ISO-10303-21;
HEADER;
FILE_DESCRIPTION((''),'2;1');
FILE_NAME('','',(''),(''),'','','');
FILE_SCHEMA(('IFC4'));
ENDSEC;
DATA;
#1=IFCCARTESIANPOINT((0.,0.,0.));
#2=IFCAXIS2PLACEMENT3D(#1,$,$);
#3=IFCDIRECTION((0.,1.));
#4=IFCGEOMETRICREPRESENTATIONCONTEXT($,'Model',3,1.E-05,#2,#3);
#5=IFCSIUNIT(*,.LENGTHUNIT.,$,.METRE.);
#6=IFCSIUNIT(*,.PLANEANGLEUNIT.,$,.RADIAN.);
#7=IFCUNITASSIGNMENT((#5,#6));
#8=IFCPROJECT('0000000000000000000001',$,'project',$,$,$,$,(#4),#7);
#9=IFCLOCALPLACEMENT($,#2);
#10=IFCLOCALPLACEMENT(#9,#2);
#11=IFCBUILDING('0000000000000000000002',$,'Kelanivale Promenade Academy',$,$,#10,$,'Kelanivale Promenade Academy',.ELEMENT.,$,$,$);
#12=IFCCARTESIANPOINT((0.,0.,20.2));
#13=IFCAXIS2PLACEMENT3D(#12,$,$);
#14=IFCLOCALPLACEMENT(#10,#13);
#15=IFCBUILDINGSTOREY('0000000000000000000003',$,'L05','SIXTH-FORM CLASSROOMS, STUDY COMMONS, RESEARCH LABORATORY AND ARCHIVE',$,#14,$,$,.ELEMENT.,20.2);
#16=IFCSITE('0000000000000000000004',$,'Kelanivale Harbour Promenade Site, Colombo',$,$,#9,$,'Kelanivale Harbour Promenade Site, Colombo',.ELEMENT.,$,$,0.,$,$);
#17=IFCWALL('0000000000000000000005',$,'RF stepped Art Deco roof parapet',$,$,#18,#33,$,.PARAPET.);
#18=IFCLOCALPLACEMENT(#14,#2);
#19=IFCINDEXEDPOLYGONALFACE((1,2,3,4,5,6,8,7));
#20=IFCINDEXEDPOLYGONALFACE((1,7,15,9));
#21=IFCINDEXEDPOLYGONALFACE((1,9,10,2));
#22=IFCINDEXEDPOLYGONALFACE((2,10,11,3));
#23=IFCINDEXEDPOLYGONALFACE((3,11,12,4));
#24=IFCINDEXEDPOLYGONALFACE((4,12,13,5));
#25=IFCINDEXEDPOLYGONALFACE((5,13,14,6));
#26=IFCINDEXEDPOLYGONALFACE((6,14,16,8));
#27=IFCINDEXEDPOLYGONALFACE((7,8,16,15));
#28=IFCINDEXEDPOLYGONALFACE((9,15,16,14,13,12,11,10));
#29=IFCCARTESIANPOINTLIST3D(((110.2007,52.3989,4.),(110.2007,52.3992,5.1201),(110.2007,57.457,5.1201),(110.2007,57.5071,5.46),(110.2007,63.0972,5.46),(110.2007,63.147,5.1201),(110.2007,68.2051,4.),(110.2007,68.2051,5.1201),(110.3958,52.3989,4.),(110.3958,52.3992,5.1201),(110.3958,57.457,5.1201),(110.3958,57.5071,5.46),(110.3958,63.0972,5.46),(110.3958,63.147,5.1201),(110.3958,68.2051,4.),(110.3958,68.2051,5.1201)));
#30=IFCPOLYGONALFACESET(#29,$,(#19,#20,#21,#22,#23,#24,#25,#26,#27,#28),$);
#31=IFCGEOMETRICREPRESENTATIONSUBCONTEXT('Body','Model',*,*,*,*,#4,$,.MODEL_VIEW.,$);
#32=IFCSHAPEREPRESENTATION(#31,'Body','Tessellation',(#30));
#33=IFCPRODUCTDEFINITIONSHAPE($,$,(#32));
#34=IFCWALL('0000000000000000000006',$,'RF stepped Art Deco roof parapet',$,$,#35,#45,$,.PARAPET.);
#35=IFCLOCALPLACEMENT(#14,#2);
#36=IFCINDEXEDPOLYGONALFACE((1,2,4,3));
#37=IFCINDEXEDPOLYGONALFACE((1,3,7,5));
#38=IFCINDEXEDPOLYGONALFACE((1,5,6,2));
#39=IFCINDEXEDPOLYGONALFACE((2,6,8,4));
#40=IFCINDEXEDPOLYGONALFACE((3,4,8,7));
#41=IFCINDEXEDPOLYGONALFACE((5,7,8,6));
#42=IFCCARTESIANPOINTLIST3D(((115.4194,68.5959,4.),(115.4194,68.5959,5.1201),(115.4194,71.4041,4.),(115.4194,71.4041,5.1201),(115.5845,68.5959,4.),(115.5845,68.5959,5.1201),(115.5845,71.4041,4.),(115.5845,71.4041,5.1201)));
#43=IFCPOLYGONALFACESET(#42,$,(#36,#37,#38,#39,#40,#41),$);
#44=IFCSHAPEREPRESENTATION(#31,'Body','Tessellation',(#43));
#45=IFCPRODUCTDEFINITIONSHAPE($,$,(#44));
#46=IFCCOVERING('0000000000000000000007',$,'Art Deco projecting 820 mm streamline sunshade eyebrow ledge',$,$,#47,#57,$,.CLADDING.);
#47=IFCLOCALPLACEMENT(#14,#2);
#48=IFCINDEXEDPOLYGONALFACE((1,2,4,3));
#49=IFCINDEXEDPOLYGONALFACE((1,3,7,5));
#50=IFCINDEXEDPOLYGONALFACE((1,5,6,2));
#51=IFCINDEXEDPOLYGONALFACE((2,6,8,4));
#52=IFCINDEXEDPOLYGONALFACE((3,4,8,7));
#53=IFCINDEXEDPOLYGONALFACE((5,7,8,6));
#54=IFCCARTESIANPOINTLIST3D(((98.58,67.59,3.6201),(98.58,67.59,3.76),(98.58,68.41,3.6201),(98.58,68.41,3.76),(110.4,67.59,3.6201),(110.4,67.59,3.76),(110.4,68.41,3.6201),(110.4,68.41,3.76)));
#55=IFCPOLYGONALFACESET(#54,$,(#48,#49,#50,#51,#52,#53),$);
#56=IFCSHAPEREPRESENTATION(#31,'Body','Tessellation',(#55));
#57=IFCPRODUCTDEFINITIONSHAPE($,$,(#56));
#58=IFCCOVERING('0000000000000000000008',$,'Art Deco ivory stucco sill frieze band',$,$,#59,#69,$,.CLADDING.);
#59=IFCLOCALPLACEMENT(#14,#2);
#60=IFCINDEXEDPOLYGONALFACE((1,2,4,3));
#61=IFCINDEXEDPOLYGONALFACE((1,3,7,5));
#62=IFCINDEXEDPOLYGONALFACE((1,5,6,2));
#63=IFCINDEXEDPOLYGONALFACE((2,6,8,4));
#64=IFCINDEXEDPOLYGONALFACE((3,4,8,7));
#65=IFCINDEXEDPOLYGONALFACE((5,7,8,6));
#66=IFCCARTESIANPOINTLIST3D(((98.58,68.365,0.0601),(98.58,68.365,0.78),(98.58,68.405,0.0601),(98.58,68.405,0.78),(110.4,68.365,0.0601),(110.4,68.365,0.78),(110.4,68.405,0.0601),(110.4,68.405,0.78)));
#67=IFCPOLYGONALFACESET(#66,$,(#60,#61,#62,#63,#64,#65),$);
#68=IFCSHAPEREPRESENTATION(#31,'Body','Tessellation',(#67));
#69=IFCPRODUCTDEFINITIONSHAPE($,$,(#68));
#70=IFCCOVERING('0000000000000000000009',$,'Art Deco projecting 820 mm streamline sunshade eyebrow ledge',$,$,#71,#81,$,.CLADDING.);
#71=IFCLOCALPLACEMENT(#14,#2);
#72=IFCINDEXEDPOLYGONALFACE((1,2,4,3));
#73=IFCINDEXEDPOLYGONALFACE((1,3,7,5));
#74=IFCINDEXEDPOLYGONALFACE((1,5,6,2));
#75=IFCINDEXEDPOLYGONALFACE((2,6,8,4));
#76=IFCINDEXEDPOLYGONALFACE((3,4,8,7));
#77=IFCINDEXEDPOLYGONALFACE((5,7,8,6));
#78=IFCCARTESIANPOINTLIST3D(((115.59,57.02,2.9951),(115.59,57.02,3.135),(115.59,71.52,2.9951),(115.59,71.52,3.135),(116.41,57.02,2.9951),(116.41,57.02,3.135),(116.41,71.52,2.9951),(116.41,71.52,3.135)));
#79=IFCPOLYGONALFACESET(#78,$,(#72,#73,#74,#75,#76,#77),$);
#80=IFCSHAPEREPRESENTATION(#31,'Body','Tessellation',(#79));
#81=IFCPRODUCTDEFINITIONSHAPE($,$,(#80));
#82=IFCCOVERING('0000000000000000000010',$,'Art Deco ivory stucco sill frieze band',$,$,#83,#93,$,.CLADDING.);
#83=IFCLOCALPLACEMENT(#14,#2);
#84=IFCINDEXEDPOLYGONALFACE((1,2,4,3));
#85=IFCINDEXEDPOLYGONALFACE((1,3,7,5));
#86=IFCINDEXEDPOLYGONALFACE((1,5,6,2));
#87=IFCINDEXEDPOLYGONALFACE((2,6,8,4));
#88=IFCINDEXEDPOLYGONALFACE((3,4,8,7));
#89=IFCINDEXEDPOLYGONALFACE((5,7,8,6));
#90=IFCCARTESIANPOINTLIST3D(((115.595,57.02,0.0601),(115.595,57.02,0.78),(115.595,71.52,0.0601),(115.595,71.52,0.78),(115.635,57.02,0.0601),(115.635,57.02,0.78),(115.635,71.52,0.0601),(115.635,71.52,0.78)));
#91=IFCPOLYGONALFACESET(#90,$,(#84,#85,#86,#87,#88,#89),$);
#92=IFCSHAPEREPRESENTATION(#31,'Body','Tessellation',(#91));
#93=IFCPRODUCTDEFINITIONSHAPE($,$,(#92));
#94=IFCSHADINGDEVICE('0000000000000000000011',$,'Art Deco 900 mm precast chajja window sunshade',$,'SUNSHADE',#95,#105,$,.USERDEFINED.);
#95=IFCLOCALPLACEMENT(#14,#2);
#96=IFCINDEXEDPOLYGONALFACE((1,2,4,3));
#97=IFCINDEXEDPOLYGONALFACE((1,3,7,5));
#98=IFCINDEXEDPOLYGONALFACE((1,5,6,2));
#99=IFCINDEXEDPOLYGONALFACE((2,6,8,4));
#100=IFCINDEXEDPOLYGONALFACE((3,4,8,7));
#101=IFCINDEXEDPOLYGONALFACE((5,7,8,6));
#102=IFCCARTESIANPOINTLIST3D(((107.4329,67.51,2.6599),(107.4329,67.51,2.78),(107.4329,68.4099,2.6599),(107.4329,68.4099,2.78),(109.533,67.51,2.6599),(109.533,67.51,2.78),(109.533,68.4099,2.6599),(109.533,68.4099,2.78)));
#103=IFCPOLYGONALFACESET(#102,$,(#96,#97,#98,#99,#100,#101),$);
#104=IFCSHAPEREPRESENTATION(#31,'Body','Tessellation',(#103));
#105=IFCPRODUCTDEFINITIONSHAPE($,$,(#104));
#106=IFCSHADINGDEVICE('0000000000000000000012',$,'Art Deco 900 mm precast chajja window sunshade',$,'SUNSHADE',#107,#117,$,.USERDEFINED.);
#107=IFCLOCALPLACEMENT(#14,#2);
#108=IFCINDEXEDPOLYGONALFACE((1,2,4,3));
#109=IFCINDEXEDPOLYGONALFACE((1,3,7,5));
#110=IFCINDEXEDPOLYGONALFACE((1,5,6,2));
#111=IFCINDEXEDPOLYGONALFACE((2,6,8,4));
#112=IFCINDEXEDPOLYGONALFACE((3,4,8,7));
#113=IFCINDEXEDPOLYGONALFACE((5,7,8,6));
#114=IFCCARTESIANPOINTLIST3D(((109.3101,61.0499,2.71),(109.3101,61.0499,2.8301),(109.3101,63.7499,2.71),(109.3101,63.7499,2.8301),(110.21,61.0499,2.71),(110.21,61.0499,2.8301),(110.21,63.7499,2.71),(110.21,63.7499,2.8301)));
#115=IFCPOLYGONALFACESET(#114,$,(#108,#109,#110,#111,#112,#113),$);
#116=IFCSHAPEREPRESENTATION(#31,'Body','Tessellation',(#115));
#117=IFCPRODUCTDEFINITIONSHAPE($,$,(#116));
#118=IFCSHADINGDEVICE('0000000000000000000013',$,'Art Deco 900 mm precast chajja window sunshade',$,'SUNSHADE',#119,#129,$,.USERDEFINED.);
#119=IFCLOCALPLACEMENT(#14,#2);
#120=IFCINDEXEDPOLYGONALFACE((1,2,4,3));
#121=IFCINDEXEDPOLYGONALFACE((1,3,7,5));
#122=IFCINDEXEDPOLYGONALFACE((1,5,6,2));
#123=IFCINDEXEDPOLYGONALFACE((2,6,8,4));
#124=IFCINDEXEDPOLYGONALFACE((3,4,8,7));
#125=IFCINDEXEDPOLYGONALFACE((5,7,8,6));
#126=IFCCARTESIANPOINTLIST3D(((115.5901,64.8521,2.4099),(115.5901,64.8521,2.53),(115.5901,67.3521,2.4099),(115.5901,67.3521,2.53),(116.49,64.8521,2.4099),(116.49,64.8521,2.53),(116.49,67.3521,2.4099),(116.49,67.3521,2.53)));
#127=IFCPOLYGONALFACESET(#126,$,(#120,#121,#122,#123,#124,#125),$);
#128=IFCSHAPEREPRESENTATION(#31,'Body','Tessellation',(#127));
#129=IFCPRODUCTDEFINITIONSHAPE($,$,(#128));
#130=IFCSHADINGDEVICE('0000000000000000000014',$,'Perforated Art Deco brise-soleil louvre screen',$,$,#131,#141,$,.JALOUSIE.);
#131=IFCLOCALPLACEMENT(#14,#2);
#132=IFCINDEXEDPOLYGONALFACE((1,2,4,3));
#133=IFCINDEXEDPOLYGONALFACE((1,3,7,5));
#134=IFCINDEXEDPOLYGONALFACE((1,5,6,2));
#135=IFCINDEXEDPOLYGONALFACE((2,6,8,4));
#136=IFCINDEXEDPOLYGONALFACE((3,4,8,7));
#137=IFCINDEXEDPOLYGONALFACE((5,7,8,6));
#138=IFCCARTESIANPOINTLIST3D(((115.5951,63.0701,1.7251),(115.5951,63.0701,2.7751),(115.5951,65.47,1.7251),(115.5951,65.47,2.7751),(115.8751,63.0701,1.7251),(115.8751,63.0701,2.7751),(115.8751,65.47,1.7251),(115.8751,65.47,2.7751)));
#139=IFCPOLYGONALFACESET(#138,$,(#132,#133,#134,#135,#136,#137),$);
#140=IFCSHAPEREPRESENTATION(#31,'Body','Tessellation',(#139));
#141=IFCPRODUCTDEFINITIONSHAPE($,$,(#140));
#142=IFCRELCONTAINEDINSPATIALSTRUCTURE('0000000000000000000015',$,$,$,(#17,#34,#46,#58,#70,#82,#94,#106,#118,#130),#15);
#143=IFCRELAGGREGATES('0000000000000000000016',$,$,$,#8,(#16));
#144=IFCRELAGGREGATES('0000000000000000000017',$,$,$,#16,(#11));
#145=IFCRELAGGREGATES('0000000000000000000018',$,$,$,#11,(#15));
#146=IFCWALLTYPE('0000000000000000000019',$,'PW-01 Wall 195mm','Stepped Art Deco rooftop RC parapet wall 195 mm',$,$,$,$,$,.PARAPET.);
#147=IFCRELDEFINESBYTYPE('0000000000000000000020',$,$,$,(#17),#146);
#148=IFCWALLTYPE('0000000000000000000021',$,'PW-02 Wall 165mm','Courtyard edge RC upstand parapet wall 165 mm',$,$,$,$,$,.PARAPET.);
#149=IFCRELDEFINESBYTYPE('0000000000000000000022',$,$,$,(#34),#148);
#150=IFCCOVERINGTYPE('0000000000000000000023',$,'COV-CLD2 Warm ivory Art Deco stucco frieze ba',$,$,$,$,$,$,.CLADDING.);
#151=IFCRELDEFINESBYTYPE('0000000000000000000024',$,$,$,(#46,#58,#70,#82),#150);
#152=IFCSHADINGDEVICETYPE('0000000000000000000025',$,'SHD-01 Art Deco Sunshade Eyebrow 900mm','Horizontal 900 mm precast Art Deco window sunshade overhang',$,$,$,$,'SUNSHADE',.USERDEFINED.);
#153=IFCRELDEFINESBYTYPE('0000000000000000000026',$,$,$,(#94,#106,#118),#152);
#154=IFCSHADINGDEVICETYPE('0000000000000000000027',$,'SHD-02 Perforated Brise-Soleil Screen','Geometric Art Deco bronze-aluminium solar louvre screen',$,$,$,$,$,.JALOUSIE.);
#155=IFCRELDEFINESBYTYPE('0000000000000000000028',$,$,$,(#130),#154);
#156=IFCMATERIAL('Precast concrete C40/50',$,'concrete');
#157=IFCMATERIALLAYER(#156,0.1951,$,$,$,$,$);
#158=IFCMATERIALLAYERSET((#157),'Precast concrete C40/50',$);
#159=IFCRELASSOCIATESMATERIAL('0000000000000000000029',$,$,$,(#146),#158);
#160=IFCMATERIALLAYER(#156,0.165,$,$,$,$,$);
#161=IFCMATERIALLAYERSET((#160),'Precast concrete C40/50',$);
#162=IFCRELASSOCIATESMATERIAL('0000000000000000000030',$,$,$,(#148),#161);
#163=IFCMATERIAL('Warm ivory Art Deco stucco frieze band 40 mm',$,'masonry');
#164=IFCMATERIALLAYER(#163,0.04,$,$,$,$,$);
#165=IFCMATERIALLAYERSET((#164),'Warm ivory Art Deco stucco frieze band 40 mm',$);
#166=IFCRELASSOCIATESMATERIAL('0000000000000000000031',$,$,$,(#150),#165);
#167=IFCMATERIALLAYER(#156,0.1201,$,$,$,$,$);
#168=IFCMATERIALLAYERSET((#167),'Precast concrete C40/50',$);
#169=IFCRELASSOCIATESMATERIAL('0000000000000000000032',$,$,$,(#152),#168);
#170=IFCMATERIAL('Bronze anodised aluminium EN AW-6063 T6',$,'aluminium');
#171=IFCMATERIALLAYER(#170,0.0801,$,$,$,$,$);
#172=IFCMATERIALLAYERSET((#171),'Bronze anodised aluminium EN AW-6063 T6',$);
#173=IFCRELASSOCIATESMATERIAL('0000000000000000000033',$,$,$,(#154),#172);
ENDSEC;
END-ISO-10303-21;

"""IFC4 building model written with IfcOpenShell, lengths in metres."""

from ifc_helpers import new_model, si_unit, direction, frame, frame_2d, origin, origin_2d, place, context, subcontext, project, spatial, polyline, rectangle, outline, extrude, material, layer, layer_set, type_object, element, save


model = new_model("IFC4")

# Units and contexts
model_context = context("Model", 3, precision=1e-05, world=origin(), true_north=direction((0.0, 1.0)))
body_context = subcontext(model_context, "Body", "Model", "MODEL_VIEW")
ifc_project = project(units=[si_unit("LENGTHUNIT", "METRE"), si_unit("PLANEANGLEUNIT", "RADIAN")], contexts=[model_context])

# Site, building, storey
site_placement = place(None, origin())
site = spatial("IfcSite", under=ifc_project, at=site_placement, Name="Kelanivale Harbour Promenade Site, Colombo", LongName="Kelanivale Harbour Promenade Site, Colombo", CompositionType="ELEMENT", RefElevation=0.0)
building_placement = place(site_placement, origin())
building = spatial("IfcBuilding", under=site, at=building_placement, Name="Kelanivale Promenade Academy", LongName="Kelanivale Promenade Academy", CompositionType="ELEMENT")
storey_placement = place(building_placement, frame((0.0, 0.0, 20.2)))
storey = spatial("IfcBuildingStorey", under=building, at=storey_placement, Name="L05", Description="SIXTH-FORM CLASSROOMS, STUDY COMMONS, RESEARCH LABORATORY AND ARCHIVE", CompositionType="ELEMENT", Elevation=20.2)

# Walls
ifc_material_1 = material(Name="Precast concrete C40/50", Category="concrete")
ifc_layer_1 = layer(ifc_material_1, 0.1951)
ifc_layer_set_1 = layer_set([ifc_layer_1], Name="Precast concrete C40/50")
wall_type_1 = type_object("IfcWallType", Name="PW-01 Wall 195mm", Description="Stepped Art Deco rooftop RC parapet wall 195 mm", PredefinedType="PARAPET", material=ifc_layer_set_1)
wall_1_placement = place(storey_placement, frame((110.2981, 68.2051, 4.0), z_axis=(0.0, 0.0, 1.0), x_axis=(0.0, -1.0, 0.0)))
element("IfcWall", 1, at=wall_1_placement, inside=storey, type_object=wall_type_1, Name="RF stepped Art Deco roof parapet", PredefinedType="PARAPET", context=body_context, shape_type="SweptSolid", body=[
    extrude(outline(polyline([(0.0, 0.0), (15.8062, 0.0), (15.8059, 1.1201), (10.748, 1.1201), (10.698, 1.46), (5.1079, 1.46), (5.0581, 1.1201), (0.0, 1.1201), (0.0, 0.0)])), frame((0.0, 0.0977, 0.0), z_axis=(0.0, -1.0, 0.0), x_axis=(1.0, 0.0, 0.0)), (0.0, 0.0, 1.0), 0.1951),
])
ifc_layer_2 = layer(ifc_material_1, 0.165)
ifc_layer_set_2 = layer_set([ifc_layer_2], Name="Precast concrete C40/50")
wall_type_2 = type_object("IfcWallType", Name="PW-02 Wall 165mm", Description="Courtyard edge RC upstand parapet wall 165 mm", PredefinedType="PARAPET", material=ifc_layer_set_2)
wall_2_placement = place(storey_placement, frame((115.502, 68.5959, 4.0), z_axis=(0.0, 0.0, 1.0), x_axis=(0.0, 1.0, 0.0)))
element("IfcWall", 2, at=wall_2_placement, inside=storey, type_object=wall_type_2, Name="RF stepped Art Deco roof parapet", PredefinedType="PARAPET", context=body_context, shape_type="SweptSolid", body=[
    extrude(rectangle(XDim=2.8081, YDim=0.165, at=frame_2d((1.4041, 0.0))), origin(), (0.0, 0.0, 1.0), 1.1201),
])

# Coverings
ifc_material_2 = material(Name="Warm ivory Art Deco stucco frieze band 40 mm", Category="masonry")
ifc_layer_3 = layer(ifc_material_2, 0.04)
ifc_layer_set_3 = layer_set([ifc_layer_3], Name="Warm ivory Art Deco stucco frieze band 40 mm")
covering_type = type_object("IfcCoveringType", Name="COV-CLD2 Warm ivory Art Deco stucco frieze ba", PredefinedType="CLADDING", material=ifc_layer_set_3)
covering_1_placement = place(storey_placement, frame((104.49, 68.0, 3.6201), z_axis=(0.0, 0.0, 1.0), x_axis=(1.0, 0.0, 0.0)))
element("IfcCovering", 3, at=covering_1_placement, inside=storey, type_object=covering_type, Name="Art Deco projecting 820 mm streamline sunshade eyebrow ledge", PredefinedType="CLADDING", context=body_context, shape_type="SweptSolid", body=[
    extrude(rectangle(XDim=11.8201, YDim=0.8201, at=origin_2d()), origin(), (0.0, 0.0, 1.0), 0.1399),
])
covering_2_placement = place(storey_placement, frame((104.49, 68.385, 0.0601), z_axis=(0.0, 0.0, 1.0), x_axis=(1.0, 0.0, 0.0)))
element("IfcCovering", 4, at=covering_2_placement, inside=storey, type_object=covering_type, Name="Art Deco ivory stucco sill frieze band", PredefinedType="CLADDING", context=body_context, shape_type="SweptSolid", body=[
    extrude(rectangle(XDim=11.8201, YDim=0.04, at=origin_2d()), origin(), (0.0, 0.0, 1.0), 0.72),
])
covering_3_placement = place(storey_placement, frame((116.0, 64.27, 2.9951), z_axis=(0.0, 0.0, 1.0), x_axis=(0.0, 1.0, 0.0)))
element("IfcCovering", 5, at=covering_3_placement, inside=storey, type_object=covering_type, Name="Art Deco projecting 820 mm streamline sunshade eyebrow ledge", PredefinedType="CLADDING", context=body_context, shape_type="SweptSolid", body=[
    extrude(rectangle(XDim=14.5, YDim=0.8201, at=origin_2d()), origin(), (0.0, 0.0, 1.0), 0.1399),
])
covering_4_placement = place(storey_placement, frame((115.615, 64.27, 0.0601), z_axis=(0.0, 0.0, 1.0), x_axis=(0.0, 1.0, 0.0)))
element("IfcCovering", 6, at=covering_4_placement, inside=storey, type_object=covering_type, Name="Art Deco ivory stucco sill frieze band", PredefinedType="CLADDING", context=body_context, shape_type="SweptSolid", body=[
    extrude(rectangle(XDim=14.5, YDim=0.04, at=origin_2d()), origin(), (0.0, 0.0, 1.0), 0.72),
])

# Shading devices
ifc_layer_4 = layer(ifc_material_1, 0.1201)
ifc_layer_set_4 = layer_set([ifc_layer_4], Name="Precast concrete C40/50")
shading_device_type_1 = type_object("IfcShadingDeviceType", Name="SHD-01 Art Deco Sunshade Eyebrow 900mm", Description="Horizontal 900 mm precast Art Deco window sunshade overhang", ElementType="SUNSHADE", PredefinedType="USERDEFINED", material=ifc_layer_set_4)
shading_device_1_placement = place(storey_placement, frame((108.4829, 67.96, 2.6599), z_axis=(0.0, 0.0, 1.0), x_axis=(1.0, 0.0, 0.0)))
element("IfcShadingDevice", 7, at=shading_device_1_placement, inside=storey, type_object=shading_device_type_1, Name="Art Deco 900 mm precast chajja window sunshade", ObjectType="SUNSHADE", PredefinedType="USERDEFINED", context=body_context, shape_type="SweptSolid", body=[
    extrude(rectangle(XDim=2.1001, YDim=0.8999, at=origin_2d()), origin(), (0.0, 0.0, 1.0), 0.1201),
])
shading_device_2_placement = place(storey_placement, frame((109.76, 62.3999, 2.71), z_axis=(0.0, 0.0, 1.0), x_axis=(0.0, -1.0, 0.0)))
element("IfcShadingDevice", 8, at=shading_device_2_placement, inside=storey, type_object=shading_device_type_1, Name="Art Deco 900 mm precast chajja window sunshade", ObjectType="SUNSHADE", PredefinedType="USERDEFINED", context=body_context, shape_type="SweptSolid", body=[
    extrude(rectangle(XDim=2.7, YDim=0.8999, at=origin_2d()), origin(), (0.0, 0.0, 1.0), 0.1201),
])
shading_device_3_placement = place(storey_placement, frame((116.04, 66.1021, 2.4099), z_axis=(0.0, 0.0, 1.0), x_axis=(0.0, 1.0, 0.0)))
element("IfcShadingDevice", 9, at=shading_device_3_placement, inside=storey, type_object=shading_device_type_1, Name="Art Deco 900 mm precast chajja window sunshade", ObjectType="SUNSHADE", PredefinedType="USERDEFINED", context=body_context, shape_type="SweptSolid", body=[
    extrude(rectangle(XDim=2.5, YDim=0.8999, at=origin_2d()), origin(), (0.0, 0.0, 1.0), 0.1201),
])
ifc_material_3 = material(Name="Bronze anodised aluminium EN AW-6063 T6", Category="aluminium")
ifc_layer_5 = layer(ifc_material_3, 0.0801)
ifc_layer_set_5 = layer_set([ifc_layer_5], Name="Bronze anodised aluminium EN AW-6063 T6")
shading_device_type_2 = type_object("IfcShadingDeviceType", Name="SHD-02 Perforated Brise-Soleil Screen", Description="Geometric Art Deco bronze-aluminium solar louvre screen", PredefinedType="JALOUSIE", material=ifc_layer_set_5)
shading_device_4_placement = place(storey_placement, frame((115.7351, 64.27, 1.7251), z_axis=(0.0, 0.0, 1.0), x_axis=(0.0, 1.0, 0.0)))
element("IfcShadingDevice", 10, at=shading_device_4_placement, inside=storey, type_object=shading_device_type_2, Name="Perforated Art Deco brise-soleil louvre screen", PredefinedType="JALOUSIE", context=body_context, shape_type="SweptSolid", body=[
    extrude(rectangle(XDim=2.3999, YDim=0.28, at=origin_2d()), origin(), (0.0, 0.0, 1.0), 1.05),
])

save(model, "model.ifc")
